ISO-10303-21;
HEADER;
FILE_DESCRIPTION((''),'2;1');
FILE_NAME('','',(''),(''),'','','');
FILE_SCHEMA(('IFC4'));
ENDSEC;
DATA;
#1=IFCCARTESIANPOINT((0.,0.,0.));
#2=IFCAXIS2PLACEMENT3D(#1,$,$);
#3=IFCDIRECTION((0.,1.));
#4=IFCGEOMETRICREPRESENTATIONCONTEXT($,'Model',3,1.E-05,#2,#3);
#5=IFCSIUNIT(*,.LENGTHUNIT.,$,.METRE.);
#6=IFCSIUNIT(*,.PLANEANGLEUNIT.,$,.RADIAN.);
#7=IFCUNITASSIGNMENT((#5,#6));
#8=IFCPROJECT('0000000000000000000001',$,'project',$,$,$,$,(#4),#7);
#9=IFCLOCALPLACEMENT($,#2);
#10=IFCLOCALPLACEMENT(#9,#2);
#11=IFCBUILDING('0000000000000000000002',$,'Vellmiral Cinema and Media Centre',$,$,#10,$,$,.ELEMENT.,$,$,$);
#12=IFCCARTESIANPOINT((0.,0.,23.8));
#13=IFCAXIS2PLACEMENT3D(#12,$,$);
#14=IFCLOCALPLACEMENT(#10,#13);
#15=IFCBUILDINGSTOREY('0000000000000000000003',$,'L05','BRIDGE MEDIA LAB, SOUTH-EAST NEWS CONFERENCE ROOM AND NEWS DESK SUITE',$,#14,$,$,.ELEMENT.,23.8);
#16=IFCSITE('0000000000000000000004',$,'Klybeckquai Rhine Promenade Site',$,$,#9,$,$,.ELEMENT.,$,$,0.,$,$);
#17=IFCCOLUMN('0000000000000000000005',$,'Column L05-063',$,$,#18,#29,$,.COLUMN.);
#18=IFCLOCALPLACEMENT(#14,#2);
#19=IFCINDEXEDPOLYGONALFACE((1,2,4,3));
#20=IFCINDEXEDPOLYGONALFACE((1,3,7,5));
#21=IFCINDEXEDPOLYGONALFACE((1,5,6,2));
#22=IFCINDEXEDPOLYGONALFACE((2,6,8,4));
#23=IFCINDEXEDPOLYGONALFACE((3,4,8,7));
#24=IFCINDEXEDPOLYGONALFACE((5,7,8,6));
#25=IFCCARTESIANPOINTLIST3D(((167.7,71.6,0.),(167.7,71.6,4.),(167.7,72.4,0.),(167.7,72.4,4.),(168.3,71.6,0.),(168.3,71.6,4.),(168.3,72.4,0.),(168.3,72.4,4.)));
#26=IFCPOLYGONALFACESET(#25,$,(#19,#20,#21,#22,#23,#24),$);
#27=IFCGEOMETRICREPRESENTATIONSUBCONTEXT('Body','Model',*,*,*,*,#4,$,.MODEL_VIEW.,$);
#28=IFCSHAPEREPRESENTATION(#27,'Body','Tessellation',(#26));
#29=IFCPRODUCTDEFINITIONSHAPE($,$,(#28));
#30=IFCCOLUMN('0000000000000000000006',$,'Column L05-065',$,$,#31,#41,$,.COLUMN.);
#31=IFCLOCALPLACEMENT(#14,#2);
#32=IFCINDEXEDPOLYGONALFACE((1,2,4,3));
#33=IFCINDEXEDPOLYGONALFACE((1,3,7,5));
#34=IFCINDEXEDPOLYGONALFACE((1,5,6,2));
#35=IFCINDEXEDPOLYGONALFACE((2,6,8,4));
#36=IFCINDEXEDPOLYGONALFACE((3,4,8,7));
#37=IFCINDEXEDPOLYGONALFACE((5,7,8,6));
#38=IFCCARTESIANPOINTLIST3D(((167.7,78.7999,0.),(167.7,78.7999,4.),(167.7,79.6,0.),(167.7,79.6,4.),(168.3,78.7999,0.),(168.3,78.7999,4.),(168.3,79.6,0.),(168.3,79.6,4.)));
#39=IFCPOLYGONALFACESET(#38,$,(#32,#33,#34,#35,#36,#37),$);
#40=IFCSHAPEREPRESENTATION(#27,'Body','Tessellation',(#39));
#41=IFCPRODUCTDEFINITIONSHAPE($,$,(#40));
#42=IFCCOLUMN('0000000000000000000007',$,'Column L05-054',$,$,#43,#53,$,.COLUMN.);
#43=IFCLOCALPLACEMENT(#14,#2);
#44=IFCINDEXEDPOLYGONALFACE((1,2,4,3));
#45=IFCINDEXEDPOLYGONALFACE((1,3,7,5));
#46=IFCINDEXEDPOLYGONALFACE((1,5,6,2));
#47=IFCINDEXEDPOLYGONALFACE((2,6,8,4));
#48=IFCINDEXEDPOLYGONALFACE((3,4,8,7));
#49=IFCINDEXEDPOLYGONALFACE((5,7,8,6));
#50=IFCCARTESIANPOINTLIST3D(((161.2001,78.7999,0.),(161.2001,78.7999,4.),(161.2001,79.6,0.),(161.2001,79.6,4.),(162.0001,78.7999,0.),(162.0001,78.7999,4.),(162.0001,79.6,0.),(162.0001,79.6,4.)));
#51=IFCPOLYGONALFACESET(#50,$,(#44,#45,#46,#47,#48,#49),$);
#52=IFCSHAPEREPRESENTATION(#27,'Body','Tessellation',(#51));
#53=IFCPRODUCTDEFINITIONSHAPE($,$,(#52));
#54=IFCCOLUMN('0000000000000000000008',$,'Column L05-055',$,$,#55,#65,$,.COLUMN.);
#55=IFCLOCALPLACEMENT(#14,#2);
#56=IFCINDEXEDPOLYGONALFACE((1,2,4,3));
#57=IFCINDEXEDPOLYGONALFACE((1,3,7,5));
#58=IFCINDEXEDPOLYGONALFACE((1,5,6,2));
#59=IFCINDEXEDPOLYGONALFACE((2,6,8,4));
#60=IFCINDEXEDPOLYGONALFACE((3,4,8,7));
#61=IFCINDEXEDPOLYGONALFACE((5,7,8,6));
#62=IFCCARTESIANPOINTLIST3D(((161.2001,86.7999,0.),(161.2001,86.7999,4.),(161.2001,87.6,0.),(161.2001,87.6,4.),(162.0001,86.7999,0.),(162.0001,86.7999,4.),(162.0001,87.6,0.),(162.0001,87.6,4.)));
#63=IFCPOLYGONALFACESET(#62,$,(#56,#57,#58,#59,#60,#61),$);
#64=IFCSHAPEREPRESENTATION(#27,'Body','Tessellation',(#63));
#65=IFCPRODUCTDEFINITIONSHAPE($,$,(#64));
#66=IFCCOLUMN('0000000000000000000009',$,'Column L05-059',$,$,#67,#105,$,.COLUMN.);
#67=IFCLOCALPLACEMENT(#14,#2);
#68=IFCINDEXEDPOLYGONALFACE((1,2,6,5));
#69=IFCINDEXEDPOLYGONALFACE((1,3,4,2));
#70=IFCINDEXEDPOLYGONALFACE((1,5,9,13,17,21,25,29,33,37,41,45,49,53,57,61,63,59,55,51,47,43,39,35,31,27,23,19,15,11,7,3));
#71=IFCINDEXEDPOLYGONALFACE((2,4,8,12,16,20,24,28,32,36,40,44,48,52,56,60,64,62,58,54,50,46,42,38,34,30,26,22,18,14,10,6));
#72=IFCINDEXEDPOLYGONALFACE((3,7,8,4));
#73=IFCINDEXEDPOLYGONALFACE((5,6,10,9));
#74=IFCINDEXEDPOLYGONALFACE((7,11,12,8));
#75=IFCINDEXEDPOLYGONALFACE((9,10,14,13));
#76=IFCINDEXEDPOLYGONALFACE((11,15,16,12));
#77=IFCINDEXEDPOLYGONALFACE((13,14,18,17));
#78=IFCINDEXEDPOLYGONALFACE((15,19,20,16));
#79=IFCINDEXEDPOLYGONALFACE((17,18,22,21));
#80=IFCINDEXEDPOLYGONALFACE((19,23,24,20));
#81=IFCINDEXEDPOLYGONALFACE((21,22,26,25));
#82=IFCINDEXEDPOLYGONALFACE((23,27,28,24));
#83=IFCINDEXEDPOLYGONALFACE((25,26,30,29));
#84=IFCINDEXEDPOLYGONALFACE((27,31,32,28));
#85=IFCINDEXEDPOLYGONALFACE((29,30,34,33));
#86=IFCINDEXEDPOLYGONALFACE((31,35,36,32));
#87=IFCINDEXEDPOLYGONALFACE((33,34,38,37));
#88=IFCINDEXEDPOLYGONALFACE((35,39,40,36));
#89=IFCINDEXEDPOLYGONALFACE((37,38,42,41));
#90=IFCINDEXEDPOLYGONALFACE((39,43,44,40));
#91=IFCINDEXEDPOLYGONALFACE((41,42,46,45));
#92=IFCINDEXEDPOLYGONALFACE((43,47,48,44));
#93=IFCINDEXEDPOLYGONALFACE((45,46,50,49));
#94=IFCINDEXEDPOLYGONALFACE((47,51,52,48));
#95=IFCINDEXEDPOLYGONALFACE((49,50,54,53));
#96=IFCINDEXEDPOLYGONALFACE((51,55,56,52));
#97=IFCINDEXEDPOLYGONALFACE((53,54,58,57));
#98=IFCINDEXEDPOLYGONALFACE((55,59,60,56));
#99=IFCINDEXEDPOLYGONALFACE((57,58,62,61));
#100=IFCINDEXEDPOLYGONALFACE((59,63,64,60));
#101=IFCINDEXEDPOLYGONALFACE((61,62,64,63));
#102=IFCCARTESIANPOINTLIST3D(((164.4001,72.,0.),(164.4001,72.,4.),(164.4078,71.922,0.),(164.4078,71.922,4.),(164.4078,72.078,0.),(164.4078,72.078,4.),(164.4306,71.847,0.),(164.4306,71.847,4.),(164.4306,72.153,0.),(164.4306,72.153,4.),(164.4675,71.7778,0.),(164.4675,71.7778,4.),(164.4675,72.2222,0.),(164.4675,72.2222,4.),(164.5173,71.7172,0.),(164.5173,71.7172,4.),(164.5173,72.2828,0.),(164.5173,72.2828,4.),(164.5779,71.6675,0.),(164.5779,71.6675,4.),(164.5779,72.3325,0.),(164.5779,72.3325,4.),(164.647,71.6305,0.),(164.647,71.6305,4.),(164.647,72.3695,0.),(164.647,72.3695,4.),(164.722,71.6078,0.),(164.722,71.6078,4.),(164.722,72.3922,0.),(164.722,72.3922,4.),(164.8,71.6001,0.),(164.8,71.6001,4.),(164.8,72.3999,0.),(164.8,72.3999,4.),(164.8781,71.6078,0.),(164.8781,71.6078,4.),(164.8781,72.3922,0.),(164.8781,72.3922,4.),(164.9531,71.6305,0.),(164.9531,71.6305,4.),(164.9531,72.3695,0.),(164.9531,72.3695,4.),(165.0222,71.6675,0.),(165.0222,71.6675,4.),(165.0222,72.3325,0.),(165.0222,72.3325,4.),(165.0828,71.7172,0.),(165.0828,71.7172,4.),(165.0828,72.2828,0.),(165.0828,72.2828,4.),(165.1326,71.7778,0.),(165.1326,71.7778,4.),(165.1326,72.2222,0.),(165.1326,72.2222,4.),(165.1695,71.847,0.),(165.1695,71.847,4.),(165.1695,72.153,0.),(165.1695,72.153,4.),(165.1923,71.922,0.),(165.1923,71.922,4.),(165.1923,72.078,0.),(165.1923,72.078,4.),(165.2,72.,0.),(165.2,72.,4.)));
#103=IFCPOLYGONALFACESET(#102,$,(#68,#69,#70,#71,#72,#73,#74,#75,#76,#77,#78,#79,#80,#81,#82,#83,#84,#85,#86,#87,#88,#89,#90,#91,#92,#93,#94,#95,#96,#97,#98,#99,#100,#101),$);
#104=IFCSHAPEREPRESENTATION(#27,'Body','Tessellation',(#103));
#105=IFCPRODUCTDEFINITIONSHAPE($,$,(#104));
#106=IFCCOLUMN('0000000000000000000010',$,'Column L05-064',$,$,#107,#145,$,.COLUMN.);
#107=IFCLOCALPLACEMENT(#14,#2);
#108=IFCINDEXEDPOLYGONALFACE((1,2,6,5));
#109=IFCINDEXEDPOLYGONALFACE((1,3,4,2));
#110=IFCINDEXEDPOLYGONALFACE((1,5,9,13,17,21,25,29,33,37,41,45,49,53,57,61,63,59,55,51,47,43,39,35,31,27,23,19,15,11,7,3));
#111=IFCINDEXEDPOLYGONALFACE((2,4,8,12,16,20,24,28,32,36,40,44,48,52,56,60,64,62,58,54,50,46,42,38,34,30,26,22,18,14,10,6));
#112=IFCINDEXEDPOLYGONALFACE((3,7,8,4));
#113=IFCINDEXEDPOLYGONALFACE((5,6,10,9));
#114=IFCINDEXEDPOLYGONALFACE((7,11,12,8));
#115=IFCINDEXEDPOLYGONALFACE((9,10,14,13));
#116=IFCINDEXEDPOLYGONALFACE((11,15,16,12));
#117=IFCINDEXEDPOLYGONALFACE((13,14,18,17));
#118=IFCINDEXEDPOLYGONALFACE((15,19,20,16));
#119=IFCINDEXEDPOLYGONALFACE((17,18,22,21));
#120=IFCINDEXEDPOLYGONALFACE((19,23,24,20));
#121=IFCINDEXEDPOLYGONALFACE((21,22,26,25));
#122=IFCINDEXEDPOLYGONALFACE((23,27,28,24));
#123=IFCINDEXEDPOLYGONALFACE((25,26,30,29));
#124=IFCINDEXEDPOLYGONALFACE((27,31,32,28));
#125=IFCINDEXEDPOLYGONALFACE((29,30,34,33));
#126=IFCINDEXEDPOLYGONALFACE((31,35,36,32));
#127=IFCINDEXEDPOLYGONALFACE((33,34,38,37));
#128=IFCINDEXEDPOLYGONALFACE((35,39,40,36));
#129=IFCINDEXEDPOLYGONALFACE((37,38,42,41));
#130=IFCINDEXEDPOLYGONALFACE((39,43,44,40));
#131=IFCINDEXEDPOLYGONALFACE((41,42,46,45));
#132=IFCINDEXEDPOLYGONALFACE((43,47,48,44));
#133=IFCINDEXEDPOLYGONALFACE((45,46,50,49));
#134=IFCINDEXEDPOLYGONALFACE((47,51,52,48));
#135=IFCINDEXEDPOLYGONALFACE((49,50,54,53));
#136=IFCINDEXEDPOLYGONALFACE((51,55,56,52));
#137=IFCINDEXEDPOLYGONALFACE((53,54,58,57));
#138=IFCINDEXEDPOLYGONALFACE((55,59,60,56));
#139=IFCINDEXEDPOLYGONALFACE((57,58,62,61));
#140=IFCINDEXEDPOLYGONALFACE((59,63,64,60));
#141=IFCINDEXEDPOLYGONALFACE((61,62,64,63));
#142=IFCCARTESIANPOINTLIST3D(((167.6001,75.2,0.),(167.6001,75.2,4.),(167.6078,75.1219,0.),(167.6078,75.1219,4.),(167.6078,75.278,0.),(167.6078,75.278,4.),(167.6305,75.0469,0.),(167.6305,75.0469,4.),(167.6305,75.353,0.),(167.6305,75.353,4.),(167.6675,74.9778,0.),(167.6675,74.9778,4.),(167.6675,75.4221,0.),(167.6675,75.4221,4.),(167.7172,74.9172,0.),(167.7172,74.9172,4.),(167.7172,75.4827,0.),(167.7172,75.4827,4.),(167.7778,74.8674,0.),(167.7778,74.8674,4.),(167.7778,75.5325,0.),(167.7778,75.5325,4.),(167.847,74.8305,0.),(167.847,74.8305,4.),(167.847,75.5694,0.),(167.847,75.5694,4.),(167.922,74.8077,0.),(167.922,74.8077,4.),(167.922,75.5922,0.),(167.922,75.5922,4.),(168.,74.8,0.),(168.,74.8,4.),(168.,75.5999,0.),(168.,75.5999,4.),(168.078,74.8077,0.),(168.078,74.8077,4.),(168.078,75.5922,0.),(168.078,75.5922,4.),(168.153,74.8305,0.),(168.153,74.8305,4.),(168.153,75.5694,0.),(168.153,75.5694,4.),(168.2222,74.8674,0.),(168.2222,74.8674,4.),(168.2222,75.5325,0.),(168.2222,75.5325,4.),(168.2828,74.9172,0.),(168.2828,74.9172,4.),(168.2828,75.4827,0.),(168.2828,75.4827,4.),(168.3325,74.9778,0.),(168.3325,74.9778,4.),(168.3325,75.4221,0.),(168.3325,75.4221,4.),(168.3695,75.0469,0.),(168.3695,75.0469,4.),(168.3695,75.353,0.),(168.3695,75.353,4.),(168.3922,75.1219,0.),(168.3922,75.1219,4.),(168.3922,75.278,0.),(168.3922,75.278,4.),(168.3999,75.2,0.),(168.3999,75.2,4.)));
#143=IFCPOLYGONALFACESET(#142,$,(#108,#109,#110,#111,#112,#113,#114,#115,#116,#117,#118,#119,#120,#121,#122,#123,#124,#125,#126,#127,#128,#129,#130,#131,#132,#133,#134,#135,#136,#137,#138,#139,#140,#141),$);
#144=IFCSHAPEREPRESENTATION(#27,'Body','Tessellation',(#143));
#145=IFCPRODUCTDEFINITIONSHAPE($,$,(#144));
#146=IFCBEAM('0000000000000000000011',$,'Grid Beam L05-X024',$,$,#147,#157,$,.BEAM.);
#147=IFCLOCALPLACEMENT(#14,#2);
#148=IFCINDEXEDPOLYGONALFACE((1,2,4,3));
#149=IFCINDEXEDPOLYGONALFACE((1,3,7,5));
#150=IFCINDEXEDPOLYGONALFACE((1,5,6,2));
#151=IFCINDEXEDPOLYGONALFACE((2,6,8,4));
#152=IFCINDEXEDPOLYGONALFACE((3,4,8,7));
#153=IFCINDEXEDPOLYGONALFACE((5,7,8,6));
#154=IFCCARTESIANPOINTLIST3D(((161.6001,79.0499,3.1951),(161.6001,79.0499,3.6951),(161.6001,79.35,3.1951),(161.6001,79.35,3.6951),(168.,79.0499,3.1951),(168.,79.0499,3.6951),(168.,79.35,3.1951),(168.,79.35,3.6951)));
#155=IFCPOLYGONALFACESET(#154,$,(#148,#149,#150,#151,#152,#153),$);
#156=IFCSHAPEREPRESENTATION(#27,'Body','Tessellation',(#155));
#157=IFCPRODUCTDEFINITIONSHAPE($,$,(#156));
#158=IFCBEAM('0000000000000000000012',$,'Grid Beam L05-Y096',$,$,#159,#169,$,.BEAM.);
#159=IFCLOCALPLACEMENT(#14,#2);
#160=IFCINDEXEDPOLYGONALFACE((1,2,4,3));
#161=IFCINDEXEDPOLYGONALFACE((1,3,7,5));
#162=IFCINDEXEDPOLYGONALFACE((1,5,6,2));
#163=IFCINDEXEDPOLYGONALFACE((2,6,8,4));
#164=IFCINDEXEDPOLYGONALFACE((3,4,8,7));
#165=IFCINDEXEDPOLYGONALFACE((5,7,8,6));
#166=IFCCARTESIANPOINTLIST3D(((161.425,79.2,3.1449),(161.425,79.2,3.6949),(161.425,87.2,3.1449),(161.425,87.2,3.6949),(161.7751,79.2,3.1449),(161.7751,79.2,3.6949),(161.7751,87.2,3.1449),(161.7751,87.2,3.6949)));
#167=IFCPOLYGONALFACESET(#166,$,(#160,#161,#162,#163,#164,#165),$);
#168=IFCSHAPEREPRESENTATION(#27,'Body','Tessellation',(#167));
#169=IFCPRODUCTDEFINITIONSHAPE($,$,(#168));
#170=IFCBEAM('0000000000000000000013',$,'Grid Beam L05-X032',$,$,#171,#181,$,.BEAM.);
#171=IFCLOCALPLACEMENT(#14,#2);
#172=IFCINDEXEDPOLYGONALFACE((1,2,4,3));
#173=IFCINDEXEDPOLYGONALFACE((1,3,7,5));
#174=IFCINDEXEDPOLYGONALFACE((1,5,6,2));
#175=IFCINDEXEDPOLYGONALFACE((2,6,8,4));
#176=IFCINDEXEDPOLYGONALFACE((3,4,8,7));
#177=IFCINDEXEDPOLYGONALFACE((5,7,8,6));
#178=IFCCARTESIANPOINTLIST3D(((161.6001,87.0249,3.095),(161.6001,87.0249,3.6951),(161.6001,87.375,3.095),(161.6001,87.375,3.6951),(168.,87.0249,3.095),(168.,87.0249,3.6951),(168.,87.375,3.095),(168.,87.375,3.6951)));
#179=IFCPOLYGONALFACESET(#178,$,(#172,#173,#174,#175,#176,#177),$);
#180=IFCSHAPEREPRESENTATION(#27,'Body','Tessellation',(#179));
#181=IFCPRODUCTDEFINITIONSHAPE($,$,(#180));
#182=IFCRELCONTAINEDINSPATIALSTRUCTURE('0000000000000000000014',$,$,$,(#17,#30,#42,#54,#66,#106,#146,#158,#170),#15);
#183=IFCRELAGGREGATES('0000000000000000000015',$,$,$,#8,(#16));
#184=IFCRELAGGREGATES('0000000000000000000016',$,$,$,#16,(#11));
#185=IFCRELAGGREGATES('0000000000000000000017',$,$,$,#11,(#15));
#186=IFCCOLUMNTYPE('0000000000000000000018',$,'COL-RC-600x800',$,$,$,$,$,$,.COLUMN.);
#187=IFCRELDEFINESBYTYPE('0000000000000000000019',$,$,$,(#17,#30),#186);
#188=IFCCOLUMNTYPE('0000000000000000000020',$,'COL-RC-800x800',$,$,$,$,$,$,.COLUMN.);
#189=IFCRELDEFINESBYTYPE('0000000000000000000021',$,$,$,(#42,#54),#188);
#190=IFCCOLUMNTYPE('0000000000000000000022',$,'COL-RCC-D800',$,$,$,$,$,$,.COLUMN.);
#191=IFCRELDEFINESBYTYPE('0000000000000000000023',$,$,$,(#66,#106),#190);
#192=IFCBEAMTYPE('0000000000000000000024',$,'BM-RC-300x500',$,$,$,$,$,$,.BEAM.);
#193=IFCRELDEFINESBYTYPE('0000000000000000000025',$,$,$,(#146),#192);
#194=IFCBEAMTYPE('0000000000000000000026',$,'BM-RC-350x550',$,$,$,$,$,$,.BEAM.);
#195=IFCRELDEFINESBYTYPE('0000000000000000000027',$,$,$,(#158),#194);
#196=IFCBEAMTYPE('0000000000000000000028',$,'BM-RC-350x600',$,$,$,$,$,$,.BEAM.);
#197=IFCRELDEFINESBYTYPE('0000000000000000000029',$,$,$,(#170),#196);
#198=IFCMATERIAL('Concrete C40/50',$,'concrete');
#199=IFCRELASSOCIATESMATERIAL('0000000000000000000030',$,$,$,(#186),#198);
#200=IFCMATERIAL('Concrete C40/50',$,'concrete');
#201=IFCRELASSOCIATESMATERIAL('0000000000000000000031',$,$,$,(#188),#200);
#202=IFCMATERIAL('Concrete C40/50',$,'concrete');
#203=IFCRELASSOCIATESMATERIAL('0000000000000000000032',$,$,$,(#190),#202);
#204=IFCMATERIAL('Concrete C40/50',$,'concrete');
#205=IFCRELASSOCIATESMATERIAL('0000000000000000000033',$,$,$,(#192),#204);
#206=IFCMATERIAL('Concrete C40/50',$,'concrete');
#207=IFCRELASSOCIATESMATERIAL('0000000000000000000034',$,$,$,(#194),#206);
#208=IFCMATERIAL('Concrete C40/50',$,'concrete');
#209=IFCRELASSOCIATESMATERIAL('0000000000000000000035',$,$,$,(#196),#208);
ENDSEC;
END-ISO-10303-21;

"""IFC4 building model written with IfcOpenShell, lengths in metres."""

from ifc_helpers import new_model, si_unit, direction, frame, origin, origin_2d, place, context, subcontext, project, spatial, rectangle, circle, extrude, material, material_profile, profile_set, type_object, element, save


model = new_model("IFC4")

# Units and contexts
model_context = context("Model", 3, precision=1e-05, world=origin(), true_north=direction((0.0, 1.0)))
body_context = subcontext(model_context, "Body", "Model", "MODEL_VIEW")
ifc_project = project(units=[si_unit("LENGTHUNIT", "METRE"), si_unit("PLANEANGLEUNIT", "RADIAN")], contexts=[model_context])

# Site, building, storey
site_placement = place(None, origin())
site = spatial("IfcSite", under=ifc_project, at=site_placement, Name="Klybeckquai Rhine Promenade Site", CompositionType="ELEMENT", RefElevation=0.0)
building_placement = place(site_placement, origin())
building = spatial("IfcBuilding", under=site, at=building_placement, Name="Vellmiral Cinema and Media Centre", CompositionType="ELEMENT")
storey_placement = place(building_placement, frame((0.0, 0.0, 23.8)))
storey = spatial("IfcBuildingStorey", under=building, at=storey_placement, Name="L05", Description="BRIDGE MEDIA LAB, SOUTH-EAST NEWS CONFERENCE ROOM AND NEWS DESK SUITE", CompositionType="ELEMENT", Elevation=23.8)

# Columns
ifc_material_1 = material(Name="Concrete C40/50", Category="concrete")
ifc_material_profile_1 = material_profile(ifc_material_1, rectangle(XDim=0.6001, YDim=0.8, at=origin_2d()), Name="RC 600x800")
ifc_profile_set_1 = profile_set([ifc_material_profile_1], Name="Concrete C40/50")
column_type_1 = type_object("IfcColumnType", Name="COL-RC-600x800", PredefinedType="COLUMN", material=ifc_profile_set_1)
for number, where, z_axis, x_axis, name in (
    (1, (168.0, 72.0, 0.0), (0.0, 0.0, 1.0), (1.0, 0.0, 0.0), "Column L05-063"),
    (2, (168.0, 79.2, 0.0), (0.0, 0.0, 1.0), (1.0, 0.0, 0.0), "Column L05-065"),
):
    element("IfcColumn", number, at=place(storey_placement, frame(where, z_axis=z_axis, x_axis=x_axis)), inside=storey, type_object=column_type_1, Name=name, PredefinedType="COLUMN", context=body_context, shape_type="SweptSolid", body=[
        extrude(rectangle(XDim=0.6001, YDim=0.8, at=origin_2d()), origin(), (0.0, 0.0, 1.0), 4.0),
    ])
ifc_material_2 = material(Name="Concrete C40/50", Category="concrete")
ifc_material_profile_2 = material_profile(ifc_material_2, rectangle(XDim=0.8, YDim=0.8, at=origin_2d()), Name="RC 800x800")
ifc_profile_set_2 = profile_set([ifc_material_profile_2], Name="Concrete C40/50")
column_type_2 = type_object("IfcColumnType", Name="COL-RC-800x800", PredefinedType="COLUMN", material=ifc_profile_set_2)
for number, where, z_axis, x_axis, name in (
    (3, (161.6001, 79.2, 0.0), (0.0, 0.0, 1.0), (1.0, 0.0, 0.0), "Column L05-054"),
    (4, (161.6001, 87.2, 0.0), (0.0, 0.0, 1.0), (1.0, 0.0, 0.0), "Column L05-055"),
):
    element("IfcColumn", number, at=place(storey_placement, frame(where, z_axis=z_axis, x_axis=x_axis)), inside=storey, type_object=column_type_2, Name=name, PredefinedType="COLUMN", context=body_context, shape_type="SweptSolid", body=[
        extrude(rectangle(XDim=0.8, YDim=0.8, at=origin_2d()), origin(), (0.0, 0.0, 1.0), 4.0),
    ])
ifc_material_3 = material(Name="Concrete C40/50", Category="concrete")
ifc_material_profile_3 = material_profile(ifc_material_3, circle(Radius=0.3999, at=origin_2d()), Name="RC D800")
ifc_profile_set_3 = profile_set([ifc_material_profile_3], Name="Concrete C40/50")
column_type_3 = type_object("IfcColumnType", Name="COL-RCC-D800", PredefinedType="COLUMN", material=ifc_profile_set_3)
for number, where, z_axis, x_axis, name in (
    (5, (164.8, 72.0, 0.0), (0.0, 0.0, 1.0), (1.0, 0.0, 0.0), "Column L05-059"),
    (6, (168.0, 75.2, 0.0), (0.0, 0.0, 1.0), (1.0, 0.0, 0.0), "Column L05-064"),
):
    element("IfcColumn", number, at=place(storey_placement, frame(where, z_axis=z_axis, x_axis=x_axis)), inside=storey, type_object=column_type_3, Name=name, PredefinedType="COLUMN", context=body_context, shape_type="SweptSolid", body=[
        extrude(circle(Radius=0.3999, at=origin_2d()), origin(), (0.0, 0.0, 1.0), 4.0),
    ])

# Beams
ifc_material_4 = material(Name="Concrete C40/50", Category="concrete")
ifc_material_profile_4 = material_profile(ifc_material_4, rectangle(XDim=0.3, YDim=0.5, at=origin_2d()), Name="RC 300x500")
ifc_profile_set_4 = profile_set([ifc_material_profile_4], Name="Concrete C40/50")
beam_type_1 = type_object("IfcBeamType", Name="BM-RC-300x500", PredefinedType="BEAM", material=ifc_profile_set_4)
beam_1_placement = place(storey_placement, frame((161.6001, 79.2, 3.4451), z_axis=(1.0, 0.0, 0.0), x_axis=(0.0, 1.0, 0.0)))
element("IfcBeam", 7, at=beam_1_placement, inside=storey, type_object=beam_type_1, Name="Grid Beam L05-X024", PredefinedType="BEAM", context=body_context, shape_type="SweptSolid", body=[
    extrude(rectangle(XDim=0.3, YDim=0.5, at=origin_2d()), origin(), (0.0, 0.0, 1.0), 6.3999),
])
ifc_material_5 = material(Name="Concrete C40/50", Category="concrete")
ifc_material_profile_5 = material_profile(ifc_material_5, rectangle(XDim=0.3501, YDim=0.55, at=origin_2d()), Name="RC 350x550")
ifc_profile_set_5 = profile_set([ifc_material_profile_5], Name="Concrete C40/50")
beam_type_2 = type_object("IfcBeamType", Name="BM-RC-350x550", PredefinedType="BEAM", material=ifc_profile_set_5)
beam_2_placement = place(storey_placement, frame((161.6001, 79.2, 3.4199), z_axis=(0.0, 1.0, 0.0), x_axis=(-1.0, 0.0, 0.0)))
element("IfcBeam", 8, at=beam_2_placement, inside=storey, type_object=beam_type_2, Name="Grid Beam L05-Y096", PredefinedType="BEAM", context=body_context, shape_type="SweptSolid", body=[
    extrude(rectangle(XDim=0.3501, YDim=0.55, at=origin_2d()), origin(), (0.0, 0.0, 1.0), 8.0),
])
ifc_material_6 = material(Name="Concrete C40/50", Category="concrete")
ifc_material_profile_6 = material_profile(ifc_material_6, rectangle(XDim=0.3501, YDim=0.6001, at=origin_2d()), Name="RC 350x600")
ifc_profile_set_6 = profile_set([ifc_material_profile_6], Name="Concrete C40/50")
beam_type_3 = type_object("IfcBeamType", Name="BM-RC-350x600", PredefinedType="BEAM", material=ifc_profile_set_6)
beam_3_placement = place(storey_placement, frame((161.6001, 87.2, 3.395), z_axis=(1.0, 0.0, 0.0), x_axis=(0.0, 1.0, 0.0)))
element("IfcBeam", 9, at=beam_3_placement, inside=storey, type_object=beam_type_3, Name="Grid Beam L05-X032", PredefinedType="BEAM", context=body_context, shape_type="SweptSolid", body=[
    extrude(rectangle(XDim=0.3501, YDim=0.6001, at=origin_2d()), origin(), (0.0, 0.0, 1.0), 6.3999),
])

save(model, "model.ifc")
